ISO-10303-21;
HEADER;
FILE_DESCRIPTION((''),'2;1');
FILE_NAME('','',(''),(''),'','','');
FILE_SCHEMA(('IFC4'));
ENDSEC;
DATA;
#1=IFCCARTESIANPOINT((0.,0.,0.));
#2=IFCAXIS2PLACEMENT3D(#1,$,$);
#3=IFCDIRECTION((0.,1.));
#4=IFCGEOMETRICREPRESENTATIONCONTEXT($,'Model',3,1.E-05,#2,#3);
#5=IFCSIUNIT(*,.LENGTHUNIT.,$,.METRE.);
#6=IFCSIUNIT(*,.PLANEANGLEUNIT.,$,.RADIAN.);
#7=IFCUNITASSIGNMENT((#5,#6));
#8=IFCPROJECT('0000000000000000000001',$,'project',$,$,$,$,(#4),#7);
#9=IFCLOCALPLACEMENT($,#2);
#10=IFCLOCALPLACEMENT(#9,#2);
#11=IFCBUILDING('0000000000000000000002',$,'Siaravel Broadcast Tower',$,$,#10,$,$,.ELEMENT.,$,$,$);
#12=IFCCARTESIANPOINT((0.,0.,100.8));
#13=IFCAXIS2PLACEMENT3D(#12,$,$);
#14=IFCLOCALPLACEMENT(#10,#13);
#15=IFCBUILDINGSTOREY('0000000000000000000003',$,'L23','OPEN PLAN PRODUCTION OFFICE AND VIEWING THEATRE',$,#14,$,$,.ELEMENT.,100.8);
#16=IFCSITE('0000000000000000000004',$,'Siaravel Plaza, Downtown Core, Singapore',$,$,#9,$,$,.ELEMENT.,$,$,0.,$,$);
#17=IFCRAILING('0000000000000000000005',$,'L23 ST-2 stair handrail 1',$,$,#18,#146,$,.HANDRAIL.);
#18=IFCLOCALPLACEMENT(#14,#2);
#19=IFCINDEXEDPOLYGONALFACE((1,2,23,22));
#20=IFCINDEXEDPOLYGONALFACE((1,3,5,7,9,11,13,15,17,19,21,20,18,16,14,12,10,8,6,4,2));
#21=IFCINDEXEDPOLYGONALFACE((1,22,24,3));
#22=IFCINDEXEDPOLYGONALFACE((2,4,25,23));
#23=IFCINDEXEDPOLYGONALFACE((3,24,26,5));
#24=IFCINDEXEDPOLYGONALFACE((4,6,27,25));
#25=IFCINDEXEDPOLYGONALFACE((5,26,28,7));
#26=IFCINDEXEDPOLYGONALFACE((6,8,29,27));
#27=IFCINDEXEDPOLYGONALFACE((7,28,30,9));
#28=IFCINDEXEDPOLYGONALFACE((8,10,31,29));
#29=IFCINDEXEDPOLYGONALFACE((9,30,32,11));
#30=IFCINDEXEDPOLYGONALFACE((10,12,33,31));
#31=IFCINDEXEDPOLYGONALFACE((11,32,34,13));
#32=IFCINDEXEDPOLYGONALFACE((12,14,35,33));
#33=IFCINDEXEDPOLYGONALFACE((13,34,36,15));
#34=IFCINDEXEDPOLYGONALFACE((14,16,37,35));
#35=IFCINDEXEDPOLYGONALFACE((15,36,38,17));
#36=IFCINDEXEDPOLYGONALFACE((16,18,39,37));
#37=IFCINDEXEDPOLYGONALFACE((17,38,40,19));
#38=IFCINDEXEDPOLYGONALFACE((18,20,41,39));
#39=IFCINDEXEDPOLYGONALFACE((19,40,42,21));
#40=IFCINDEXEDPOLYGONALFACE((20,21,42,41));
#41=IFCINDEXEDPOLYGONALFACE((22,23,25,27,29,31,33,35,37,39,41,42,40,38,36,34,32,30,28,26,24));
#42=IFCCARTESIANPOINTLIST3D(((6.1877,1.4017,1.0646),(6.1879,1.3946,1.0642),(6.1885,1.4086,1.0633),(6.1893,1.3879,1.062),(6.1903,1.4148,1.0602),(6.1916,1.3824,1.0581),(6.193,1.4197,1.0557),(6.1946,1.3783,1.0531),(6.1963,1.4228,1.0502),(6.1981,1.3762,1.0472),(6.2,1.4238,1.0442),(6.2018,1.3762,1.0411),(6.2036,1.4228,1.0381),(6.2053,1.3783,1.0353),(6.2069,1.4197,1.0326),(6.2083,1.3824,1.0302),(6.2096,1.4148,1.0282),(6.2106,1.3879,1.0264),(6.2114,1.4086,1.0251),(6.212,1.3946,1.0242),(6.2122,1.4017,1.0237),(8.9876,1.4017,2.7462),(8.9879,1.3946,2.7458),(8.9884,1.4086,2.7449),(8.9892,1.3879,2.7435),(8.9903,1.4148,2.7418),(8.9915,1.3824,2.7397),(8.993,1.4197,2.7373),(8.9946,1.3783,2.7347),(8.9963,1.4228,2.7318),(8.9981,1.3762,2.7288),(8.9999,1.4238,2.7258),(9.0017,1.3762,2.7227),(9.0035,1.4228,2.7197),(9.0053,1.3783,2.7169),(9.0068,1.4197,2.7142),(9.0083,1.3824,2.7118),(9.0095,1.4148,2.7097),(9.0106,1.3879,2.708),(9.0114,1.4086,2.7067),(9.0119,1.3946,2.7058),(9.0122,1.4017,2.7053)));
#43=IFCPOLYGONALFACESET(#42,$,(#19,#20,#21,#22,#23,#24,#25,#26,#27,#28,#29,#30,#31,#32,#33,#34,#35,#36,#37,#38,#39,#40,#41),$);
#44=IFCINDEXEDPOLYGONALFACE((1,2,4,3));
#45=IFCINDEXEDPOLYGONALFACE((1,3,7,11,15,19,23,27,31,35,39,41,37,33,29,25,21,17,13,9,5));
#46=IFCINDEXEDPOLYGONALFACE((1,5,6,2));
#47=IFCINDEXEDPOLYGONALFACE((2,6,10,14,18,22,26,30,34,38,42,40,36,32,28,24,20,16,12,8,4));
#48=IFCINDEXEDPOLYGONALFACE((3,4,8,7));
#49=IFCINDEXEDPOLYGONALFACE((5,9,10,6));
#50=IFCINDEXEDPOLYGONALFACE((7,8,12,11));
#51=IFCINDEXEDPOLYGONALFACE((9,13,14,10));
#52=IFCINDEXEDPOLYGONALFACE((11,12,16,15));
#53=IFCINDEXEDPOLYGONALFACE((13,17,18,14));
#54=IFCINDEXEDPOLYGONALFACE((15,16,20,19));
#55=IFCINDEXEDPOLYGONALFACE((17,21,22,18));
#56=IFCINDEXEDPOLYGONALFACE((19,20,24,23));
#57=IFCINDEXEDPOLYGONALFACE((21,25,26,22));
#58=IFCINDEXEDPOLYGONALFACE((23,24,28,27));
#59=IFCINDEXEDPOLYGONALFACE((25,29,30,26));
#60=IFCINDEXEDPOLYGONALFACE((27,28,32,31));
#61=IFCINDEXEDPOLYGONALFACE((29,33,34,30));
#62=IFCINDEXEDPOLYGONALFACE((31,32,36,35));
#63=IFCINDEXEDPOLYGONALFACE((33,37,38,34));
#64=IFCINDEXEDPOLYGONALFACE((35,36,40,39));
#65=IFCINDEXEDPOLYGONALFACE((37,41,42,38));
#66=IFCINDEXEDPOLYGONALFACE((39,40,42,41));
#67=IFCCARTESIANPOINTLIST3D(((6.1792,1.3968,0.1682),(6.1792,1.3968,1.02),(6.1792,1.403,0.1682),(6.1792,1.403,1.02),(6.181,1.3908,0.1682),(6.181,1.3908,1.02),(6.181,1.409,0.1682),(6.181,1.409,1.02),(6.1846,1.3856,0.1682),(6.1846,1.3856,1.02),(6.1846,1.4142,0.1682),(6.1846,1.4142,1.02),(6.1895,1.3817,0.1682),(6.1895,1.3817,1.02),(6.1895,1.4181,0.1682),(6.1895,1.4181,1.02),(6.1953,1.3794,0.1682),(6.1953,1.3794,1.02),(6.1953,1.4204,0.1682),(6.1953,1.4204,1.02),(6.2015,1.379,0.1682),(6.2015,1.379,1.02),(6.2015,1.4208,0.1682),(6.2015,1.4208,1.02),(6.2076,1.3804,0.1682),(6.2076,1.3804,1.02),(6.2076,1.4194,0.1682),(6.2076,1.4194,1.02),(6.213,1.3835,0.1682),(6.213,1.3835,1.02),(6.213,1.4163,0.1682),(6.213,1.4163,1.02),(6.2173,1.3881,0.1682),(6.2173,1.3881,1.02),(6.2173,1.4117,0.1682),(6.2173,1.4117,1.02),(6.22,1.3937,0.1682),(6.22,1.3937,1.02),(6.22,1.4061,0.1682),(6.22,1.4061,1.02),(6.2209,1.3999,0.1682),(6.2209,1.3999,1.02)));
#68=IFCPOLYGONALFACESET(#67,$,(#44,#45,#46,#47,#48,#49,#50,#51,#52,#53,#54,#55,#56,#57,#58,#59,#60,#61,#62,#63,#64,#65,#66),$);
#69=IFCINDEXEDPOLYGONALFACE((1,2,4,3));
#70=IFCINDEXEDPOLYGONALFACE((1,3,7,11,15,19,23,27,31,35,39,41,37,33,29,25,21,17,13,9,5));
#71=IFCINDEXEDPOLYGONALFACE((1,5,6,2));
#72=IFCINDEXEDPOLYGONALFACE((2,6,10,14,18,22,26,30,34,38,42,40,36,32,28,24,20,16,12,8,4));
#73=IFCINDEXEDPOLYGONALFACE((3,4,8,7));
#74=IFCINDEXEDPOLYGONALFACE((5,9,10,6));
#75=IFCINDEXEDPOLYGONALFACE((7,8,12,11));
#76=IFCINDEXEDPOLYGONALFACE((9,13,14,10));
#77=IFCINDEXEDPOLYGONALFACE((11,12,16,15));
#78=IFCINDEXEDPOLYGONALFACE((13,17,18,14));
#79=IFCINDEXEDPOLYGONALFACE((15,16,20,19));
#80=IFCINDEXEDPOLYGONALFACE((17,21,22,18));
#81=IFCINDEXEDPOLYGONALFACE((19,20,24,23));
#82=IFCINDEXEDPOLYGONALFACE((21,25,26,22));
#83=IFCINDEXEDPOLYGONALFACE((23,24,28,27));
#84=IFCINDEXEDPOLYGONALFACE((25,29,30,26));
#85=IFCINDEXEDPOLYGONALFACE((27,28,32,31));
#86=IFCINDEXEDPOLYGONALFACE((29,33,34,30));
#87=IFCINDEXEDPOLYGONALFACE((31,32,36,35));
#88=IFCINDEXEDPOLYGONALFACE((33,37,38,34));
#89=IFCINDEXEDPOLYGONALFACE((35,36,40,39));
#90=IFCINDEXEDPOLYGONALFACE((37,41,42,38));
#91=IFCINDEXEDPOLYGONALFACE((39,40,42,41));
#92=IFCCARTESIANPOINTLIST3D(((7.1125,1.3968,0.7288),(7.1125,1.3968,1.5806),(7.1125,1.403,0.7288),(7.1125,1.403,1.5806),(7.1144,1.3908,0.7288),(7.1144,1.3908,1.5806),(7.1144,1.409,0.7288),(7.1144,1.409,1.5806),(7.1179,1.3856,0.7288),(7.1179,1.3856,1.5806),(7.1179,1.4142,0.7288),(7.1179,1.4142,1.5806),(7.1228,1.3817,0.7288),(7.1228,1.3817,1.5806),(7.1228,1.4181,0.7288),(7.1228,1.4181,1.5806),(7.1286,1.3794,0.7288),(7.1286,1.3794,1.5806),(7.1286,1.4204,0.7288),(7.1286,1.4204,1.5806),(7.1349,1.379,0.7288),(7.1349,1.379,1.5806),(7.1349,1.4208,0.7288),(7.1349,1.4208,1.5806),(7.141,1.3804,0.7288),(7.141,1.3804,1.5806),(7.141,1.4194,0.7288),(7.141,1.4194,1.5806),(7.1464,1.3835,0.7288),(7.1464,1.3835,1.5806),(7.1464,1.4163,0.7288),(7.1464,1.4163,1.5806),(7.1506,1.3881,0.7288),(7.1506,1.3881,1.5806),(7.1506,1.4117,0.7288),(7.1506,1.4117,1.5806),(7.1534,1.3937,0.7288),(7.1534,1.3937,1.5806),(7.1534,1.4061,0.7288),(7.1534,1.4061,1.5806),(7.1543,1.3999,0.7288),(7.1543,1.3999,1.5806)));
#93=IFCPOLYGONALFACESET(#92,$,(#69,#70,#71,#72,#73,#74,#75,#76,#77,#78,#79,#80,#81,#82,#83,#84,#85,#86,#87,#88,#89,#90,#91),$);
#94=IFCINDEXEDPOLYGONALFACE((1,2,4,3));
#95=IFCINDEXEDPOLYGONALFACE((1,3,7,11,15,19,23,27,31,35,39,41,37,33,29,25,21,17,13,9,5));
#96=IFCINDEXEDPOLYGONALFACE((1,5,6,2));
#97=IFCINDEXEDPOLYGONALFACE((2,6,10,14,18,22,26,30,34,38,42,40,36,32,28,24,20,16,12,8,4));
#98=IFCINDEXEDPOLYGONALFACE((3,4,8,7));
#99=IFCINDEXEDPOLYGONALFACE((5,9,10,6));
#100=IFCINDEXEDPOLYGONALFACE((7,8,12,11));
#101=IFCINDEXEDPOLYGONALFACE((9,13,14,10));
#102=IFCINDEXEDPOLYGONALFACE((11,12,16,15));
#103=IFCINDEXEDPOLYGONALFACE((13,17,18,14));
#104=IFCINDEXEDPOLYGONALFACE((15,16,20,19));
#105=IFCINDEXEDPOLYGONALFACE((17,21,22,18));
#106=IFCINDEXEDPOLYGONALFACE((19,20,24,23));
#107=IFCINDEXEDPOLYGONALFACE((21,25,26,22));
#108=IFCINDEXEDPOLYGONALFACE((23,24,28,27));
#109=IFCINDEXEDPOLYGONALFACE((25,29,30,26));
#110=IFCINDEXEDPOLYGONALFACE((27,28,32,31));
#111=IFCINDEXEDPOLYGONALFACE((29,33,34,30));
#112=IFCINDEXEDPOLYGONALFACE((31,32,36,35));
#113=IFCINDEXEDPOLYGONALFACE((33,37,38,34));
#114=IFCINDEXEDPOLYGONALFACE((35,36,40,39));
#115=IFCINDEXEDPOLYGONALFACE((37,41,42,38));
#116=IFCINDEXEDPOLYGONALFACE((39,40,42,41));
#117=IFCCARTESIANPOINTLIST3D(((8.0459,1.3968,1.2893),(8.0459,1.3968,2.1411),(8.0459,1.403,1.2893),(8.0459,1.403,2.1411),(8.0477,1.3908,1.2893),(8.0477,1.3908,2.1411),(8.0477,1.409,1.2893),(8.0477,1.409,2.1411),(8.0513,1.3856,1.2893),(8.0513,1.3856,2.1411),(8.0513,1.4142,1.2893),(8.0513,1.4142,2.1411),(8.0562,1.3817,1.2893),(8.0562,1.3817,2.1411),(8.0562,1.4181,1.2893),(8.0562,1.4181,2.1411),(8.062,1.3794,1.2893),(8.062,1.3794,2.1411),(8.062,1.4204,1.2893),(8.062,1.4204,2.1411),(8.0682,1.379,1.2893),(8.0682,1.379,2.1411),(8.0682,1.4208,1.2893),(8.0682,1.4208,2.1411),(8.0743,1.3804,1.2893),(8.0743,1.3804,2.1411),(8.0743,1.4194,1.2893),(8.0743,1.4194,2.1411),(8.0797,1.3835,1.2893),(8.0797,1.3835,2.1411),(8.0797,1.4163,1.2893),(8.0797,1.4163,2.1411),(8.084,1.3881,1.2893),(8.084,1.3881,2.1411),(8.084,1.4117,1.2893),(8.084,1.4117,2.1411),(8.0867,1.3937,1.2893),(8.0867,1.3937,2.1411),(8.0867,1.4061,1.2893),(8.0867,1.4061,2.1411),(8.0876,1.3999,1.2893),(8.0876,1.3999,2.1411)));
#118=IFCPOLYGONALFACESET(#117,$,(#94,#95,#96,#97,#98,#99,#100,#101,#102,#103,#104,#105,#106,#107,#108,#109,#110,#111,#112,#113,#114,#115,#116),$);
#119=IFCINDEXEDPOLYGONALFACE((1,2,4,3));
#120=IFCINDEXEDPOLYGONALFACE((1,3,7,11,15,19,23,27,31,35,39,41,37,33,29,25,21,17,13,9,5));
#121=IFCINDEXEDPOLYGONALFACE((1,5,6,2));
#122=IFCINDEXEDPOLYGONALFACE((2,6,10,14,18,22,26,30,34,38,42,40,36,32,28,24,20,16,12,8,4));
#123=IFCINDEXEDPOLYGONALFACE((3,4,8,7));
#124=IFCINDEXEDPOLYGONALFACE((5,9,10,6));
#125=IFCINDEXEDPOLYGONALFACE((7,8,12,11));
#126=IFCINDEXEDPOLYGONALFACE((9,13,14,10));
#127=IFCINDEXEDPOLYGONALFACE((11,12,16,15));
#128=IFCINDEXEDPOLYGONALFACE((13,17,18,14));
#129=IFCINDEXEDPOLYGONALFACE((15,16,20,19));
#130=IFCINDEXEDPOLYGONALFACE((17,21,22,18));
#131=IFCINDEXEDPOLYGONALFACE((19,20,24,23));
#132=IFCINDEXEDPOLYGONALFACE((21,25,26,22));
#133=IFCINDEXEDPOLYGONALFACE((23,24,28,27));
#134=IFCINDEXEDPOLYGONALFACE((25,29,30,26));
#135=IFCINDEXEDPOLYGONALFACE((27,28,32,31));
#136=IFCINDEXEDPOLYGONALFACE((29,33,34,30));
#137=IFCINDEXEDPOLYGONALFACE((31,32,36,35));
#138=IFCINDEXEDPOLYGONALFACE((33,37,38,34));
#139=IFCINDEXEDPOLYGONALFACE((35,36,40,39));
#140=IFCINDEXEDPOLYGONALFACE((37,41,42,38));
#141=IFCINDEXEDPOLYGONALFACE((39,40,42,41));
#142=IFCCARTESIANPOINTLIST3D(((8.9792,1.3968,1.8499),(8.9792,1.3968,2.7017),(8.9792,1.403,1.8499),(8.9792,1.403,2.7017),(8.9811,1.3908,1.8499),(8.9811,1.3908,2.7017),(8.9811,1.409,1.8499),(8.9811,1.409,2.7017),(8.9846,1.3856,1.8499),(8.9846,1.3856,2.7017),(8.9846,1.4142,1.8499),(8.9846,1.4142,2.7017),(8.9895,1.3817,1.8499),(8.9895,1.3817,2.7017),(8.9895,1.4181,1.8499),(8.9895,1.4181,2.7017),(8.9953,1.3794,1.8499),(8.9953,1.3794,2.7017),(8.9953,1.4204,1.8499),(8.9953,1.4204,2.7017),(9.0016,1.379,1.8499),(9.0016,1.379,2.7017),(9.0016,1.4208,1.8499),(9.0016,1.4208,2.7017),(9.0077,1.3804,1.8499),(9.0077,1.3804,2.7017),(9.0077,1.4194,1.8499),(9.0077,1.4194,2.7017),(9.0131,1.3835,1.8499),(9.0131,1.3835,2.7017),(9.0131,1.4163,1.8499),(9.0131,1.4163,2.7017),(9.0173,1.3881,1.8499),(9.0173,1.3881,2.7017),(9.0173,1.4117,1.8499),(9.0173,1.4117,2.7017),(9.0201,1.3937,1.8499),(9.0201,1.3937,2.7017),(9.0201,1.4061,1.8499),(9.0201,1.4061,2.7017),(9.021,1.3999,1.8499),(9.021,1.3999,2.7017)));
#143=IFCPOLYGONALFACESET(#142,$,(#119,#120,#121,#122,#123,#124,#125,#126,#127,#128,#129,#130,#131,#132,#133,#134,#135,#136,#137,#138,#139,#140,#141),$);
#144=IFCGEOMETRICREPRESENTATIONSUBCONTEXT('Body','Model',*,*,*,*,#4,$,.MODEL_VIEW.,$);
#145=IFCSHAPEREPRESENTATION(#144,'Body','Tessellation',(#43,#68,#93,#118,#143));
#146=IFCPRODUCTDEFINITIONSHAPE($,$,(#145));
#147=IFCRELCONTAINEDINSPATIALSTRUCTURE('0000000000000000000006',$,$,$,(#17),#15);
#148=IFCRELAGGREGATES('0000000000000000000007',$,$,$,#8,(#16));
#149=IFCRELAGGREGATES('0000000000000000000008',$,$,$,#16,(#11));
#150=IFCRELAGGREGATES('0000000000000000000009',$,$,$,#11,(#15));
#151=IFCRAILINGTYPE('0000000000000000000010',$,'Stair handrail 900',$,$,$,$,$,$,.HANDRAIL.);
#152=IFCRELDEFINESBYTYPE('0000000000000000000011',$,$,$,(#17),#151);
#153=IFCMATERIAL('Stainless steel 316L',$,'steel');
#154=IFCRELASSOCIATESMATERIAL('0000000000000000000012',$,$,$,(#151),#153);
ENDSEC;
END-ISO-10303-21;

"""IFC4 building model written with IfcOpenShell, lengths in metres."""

from ifc_helpers import new_model, si_unit, direction, frame, origin, origin_2d, place, context, subcontext, project, spatial, circle, extrude, material, type_object, element, save


model = new_model("IFC4")

# Units and contexts
model_context = context("Model", 3, precision=1e-05, world=origin(), true_north=direction((0.0, 1.0)))
body_context = subcontext(model_context, "Body", "Model", "MODEL_VIEW")
ifc_project = project(units=[si_unit("LENGTHUNIT", "METRE"), si_unit("PLANEANGLEUNIT", "RADIAN")], contexts=[model_context])

# Site, building, storey
site_placement = place(None, origin())
site = spatial("IfcSite", under=ifc_project, at=site_placement, Name="Siaravel Plaza, Downtown Core, Singapore", CompositionType="ELEMENT", RefElevation=0.0)
building_placement = place(site_placement, origin())
building = spatial("IfcBuilding", under=site, at=building_placement, Name="Siaravel Broadcast Tower", CompositionType="ELEMENT")
storey_placement = place(building_placement, frame((0.0, 0.0, 100.8)))
storey = spatial("IfcBuildingStorey", under=building, at=storey_placement, Name="L23", Description="OPEN PLAN PRODUCTION OFFICE AND VIEWING THEATRE", CompositionType="ELEMENT", Elevation=100.8)

# Railing
ifc_material_1 = material(Name="Stainless steel 316L", Category="steel")
railing_type_1 = type_object("IfcRailingType", Name="Stair handrail 900", PredefinedType="HANDRAIL", material=ifc_material_1)
railing_1_placement = place(storey_placement, frame((6.2, 1.3999, 0.1682)))
element("IfcRailing", 1, at=railing_1_placement, inside=storey, type_object=railing_type_1, Name="L23 ST-2 stair handrail 1", PredefinedType="HANDRAIL", context=body_context, shape_type="SweptSolid", body=[
    extrude(circle(Radius=0.0239, at=origin_2d()), frame((0.0, 0.0, 0.876), z_axis=(0.857275, 0.0, 0.514858), x_axis=(0.0, 1.0, 0.0)), (0.0, 0.0, 1.0), 3.2661),
    extrude(circle(Radius=0.021, at=origin_2d()), origin(), (0.0, 0.0, 1.0), 0.8518),
    extrude(circle(Radius=0.021, at=origin_2d()), frame((0.9333, 0.0, 0.5605)), (0.0, 0.0, 1.0), 0.8518),
    extrude(circle(Radius=0.021, at=origin_2d()), frame((1.8667, 0.0, 1.1211)), (0.0, 0.0, 1.0), 0.8518),
    extrude(circle(Radius=0.021, at=origin_2d()), frame((2.8, 0.0, 1.6816)), (0.0, 0.0, 1.0), 0.8518),
])

save(model, "model.ifc")
